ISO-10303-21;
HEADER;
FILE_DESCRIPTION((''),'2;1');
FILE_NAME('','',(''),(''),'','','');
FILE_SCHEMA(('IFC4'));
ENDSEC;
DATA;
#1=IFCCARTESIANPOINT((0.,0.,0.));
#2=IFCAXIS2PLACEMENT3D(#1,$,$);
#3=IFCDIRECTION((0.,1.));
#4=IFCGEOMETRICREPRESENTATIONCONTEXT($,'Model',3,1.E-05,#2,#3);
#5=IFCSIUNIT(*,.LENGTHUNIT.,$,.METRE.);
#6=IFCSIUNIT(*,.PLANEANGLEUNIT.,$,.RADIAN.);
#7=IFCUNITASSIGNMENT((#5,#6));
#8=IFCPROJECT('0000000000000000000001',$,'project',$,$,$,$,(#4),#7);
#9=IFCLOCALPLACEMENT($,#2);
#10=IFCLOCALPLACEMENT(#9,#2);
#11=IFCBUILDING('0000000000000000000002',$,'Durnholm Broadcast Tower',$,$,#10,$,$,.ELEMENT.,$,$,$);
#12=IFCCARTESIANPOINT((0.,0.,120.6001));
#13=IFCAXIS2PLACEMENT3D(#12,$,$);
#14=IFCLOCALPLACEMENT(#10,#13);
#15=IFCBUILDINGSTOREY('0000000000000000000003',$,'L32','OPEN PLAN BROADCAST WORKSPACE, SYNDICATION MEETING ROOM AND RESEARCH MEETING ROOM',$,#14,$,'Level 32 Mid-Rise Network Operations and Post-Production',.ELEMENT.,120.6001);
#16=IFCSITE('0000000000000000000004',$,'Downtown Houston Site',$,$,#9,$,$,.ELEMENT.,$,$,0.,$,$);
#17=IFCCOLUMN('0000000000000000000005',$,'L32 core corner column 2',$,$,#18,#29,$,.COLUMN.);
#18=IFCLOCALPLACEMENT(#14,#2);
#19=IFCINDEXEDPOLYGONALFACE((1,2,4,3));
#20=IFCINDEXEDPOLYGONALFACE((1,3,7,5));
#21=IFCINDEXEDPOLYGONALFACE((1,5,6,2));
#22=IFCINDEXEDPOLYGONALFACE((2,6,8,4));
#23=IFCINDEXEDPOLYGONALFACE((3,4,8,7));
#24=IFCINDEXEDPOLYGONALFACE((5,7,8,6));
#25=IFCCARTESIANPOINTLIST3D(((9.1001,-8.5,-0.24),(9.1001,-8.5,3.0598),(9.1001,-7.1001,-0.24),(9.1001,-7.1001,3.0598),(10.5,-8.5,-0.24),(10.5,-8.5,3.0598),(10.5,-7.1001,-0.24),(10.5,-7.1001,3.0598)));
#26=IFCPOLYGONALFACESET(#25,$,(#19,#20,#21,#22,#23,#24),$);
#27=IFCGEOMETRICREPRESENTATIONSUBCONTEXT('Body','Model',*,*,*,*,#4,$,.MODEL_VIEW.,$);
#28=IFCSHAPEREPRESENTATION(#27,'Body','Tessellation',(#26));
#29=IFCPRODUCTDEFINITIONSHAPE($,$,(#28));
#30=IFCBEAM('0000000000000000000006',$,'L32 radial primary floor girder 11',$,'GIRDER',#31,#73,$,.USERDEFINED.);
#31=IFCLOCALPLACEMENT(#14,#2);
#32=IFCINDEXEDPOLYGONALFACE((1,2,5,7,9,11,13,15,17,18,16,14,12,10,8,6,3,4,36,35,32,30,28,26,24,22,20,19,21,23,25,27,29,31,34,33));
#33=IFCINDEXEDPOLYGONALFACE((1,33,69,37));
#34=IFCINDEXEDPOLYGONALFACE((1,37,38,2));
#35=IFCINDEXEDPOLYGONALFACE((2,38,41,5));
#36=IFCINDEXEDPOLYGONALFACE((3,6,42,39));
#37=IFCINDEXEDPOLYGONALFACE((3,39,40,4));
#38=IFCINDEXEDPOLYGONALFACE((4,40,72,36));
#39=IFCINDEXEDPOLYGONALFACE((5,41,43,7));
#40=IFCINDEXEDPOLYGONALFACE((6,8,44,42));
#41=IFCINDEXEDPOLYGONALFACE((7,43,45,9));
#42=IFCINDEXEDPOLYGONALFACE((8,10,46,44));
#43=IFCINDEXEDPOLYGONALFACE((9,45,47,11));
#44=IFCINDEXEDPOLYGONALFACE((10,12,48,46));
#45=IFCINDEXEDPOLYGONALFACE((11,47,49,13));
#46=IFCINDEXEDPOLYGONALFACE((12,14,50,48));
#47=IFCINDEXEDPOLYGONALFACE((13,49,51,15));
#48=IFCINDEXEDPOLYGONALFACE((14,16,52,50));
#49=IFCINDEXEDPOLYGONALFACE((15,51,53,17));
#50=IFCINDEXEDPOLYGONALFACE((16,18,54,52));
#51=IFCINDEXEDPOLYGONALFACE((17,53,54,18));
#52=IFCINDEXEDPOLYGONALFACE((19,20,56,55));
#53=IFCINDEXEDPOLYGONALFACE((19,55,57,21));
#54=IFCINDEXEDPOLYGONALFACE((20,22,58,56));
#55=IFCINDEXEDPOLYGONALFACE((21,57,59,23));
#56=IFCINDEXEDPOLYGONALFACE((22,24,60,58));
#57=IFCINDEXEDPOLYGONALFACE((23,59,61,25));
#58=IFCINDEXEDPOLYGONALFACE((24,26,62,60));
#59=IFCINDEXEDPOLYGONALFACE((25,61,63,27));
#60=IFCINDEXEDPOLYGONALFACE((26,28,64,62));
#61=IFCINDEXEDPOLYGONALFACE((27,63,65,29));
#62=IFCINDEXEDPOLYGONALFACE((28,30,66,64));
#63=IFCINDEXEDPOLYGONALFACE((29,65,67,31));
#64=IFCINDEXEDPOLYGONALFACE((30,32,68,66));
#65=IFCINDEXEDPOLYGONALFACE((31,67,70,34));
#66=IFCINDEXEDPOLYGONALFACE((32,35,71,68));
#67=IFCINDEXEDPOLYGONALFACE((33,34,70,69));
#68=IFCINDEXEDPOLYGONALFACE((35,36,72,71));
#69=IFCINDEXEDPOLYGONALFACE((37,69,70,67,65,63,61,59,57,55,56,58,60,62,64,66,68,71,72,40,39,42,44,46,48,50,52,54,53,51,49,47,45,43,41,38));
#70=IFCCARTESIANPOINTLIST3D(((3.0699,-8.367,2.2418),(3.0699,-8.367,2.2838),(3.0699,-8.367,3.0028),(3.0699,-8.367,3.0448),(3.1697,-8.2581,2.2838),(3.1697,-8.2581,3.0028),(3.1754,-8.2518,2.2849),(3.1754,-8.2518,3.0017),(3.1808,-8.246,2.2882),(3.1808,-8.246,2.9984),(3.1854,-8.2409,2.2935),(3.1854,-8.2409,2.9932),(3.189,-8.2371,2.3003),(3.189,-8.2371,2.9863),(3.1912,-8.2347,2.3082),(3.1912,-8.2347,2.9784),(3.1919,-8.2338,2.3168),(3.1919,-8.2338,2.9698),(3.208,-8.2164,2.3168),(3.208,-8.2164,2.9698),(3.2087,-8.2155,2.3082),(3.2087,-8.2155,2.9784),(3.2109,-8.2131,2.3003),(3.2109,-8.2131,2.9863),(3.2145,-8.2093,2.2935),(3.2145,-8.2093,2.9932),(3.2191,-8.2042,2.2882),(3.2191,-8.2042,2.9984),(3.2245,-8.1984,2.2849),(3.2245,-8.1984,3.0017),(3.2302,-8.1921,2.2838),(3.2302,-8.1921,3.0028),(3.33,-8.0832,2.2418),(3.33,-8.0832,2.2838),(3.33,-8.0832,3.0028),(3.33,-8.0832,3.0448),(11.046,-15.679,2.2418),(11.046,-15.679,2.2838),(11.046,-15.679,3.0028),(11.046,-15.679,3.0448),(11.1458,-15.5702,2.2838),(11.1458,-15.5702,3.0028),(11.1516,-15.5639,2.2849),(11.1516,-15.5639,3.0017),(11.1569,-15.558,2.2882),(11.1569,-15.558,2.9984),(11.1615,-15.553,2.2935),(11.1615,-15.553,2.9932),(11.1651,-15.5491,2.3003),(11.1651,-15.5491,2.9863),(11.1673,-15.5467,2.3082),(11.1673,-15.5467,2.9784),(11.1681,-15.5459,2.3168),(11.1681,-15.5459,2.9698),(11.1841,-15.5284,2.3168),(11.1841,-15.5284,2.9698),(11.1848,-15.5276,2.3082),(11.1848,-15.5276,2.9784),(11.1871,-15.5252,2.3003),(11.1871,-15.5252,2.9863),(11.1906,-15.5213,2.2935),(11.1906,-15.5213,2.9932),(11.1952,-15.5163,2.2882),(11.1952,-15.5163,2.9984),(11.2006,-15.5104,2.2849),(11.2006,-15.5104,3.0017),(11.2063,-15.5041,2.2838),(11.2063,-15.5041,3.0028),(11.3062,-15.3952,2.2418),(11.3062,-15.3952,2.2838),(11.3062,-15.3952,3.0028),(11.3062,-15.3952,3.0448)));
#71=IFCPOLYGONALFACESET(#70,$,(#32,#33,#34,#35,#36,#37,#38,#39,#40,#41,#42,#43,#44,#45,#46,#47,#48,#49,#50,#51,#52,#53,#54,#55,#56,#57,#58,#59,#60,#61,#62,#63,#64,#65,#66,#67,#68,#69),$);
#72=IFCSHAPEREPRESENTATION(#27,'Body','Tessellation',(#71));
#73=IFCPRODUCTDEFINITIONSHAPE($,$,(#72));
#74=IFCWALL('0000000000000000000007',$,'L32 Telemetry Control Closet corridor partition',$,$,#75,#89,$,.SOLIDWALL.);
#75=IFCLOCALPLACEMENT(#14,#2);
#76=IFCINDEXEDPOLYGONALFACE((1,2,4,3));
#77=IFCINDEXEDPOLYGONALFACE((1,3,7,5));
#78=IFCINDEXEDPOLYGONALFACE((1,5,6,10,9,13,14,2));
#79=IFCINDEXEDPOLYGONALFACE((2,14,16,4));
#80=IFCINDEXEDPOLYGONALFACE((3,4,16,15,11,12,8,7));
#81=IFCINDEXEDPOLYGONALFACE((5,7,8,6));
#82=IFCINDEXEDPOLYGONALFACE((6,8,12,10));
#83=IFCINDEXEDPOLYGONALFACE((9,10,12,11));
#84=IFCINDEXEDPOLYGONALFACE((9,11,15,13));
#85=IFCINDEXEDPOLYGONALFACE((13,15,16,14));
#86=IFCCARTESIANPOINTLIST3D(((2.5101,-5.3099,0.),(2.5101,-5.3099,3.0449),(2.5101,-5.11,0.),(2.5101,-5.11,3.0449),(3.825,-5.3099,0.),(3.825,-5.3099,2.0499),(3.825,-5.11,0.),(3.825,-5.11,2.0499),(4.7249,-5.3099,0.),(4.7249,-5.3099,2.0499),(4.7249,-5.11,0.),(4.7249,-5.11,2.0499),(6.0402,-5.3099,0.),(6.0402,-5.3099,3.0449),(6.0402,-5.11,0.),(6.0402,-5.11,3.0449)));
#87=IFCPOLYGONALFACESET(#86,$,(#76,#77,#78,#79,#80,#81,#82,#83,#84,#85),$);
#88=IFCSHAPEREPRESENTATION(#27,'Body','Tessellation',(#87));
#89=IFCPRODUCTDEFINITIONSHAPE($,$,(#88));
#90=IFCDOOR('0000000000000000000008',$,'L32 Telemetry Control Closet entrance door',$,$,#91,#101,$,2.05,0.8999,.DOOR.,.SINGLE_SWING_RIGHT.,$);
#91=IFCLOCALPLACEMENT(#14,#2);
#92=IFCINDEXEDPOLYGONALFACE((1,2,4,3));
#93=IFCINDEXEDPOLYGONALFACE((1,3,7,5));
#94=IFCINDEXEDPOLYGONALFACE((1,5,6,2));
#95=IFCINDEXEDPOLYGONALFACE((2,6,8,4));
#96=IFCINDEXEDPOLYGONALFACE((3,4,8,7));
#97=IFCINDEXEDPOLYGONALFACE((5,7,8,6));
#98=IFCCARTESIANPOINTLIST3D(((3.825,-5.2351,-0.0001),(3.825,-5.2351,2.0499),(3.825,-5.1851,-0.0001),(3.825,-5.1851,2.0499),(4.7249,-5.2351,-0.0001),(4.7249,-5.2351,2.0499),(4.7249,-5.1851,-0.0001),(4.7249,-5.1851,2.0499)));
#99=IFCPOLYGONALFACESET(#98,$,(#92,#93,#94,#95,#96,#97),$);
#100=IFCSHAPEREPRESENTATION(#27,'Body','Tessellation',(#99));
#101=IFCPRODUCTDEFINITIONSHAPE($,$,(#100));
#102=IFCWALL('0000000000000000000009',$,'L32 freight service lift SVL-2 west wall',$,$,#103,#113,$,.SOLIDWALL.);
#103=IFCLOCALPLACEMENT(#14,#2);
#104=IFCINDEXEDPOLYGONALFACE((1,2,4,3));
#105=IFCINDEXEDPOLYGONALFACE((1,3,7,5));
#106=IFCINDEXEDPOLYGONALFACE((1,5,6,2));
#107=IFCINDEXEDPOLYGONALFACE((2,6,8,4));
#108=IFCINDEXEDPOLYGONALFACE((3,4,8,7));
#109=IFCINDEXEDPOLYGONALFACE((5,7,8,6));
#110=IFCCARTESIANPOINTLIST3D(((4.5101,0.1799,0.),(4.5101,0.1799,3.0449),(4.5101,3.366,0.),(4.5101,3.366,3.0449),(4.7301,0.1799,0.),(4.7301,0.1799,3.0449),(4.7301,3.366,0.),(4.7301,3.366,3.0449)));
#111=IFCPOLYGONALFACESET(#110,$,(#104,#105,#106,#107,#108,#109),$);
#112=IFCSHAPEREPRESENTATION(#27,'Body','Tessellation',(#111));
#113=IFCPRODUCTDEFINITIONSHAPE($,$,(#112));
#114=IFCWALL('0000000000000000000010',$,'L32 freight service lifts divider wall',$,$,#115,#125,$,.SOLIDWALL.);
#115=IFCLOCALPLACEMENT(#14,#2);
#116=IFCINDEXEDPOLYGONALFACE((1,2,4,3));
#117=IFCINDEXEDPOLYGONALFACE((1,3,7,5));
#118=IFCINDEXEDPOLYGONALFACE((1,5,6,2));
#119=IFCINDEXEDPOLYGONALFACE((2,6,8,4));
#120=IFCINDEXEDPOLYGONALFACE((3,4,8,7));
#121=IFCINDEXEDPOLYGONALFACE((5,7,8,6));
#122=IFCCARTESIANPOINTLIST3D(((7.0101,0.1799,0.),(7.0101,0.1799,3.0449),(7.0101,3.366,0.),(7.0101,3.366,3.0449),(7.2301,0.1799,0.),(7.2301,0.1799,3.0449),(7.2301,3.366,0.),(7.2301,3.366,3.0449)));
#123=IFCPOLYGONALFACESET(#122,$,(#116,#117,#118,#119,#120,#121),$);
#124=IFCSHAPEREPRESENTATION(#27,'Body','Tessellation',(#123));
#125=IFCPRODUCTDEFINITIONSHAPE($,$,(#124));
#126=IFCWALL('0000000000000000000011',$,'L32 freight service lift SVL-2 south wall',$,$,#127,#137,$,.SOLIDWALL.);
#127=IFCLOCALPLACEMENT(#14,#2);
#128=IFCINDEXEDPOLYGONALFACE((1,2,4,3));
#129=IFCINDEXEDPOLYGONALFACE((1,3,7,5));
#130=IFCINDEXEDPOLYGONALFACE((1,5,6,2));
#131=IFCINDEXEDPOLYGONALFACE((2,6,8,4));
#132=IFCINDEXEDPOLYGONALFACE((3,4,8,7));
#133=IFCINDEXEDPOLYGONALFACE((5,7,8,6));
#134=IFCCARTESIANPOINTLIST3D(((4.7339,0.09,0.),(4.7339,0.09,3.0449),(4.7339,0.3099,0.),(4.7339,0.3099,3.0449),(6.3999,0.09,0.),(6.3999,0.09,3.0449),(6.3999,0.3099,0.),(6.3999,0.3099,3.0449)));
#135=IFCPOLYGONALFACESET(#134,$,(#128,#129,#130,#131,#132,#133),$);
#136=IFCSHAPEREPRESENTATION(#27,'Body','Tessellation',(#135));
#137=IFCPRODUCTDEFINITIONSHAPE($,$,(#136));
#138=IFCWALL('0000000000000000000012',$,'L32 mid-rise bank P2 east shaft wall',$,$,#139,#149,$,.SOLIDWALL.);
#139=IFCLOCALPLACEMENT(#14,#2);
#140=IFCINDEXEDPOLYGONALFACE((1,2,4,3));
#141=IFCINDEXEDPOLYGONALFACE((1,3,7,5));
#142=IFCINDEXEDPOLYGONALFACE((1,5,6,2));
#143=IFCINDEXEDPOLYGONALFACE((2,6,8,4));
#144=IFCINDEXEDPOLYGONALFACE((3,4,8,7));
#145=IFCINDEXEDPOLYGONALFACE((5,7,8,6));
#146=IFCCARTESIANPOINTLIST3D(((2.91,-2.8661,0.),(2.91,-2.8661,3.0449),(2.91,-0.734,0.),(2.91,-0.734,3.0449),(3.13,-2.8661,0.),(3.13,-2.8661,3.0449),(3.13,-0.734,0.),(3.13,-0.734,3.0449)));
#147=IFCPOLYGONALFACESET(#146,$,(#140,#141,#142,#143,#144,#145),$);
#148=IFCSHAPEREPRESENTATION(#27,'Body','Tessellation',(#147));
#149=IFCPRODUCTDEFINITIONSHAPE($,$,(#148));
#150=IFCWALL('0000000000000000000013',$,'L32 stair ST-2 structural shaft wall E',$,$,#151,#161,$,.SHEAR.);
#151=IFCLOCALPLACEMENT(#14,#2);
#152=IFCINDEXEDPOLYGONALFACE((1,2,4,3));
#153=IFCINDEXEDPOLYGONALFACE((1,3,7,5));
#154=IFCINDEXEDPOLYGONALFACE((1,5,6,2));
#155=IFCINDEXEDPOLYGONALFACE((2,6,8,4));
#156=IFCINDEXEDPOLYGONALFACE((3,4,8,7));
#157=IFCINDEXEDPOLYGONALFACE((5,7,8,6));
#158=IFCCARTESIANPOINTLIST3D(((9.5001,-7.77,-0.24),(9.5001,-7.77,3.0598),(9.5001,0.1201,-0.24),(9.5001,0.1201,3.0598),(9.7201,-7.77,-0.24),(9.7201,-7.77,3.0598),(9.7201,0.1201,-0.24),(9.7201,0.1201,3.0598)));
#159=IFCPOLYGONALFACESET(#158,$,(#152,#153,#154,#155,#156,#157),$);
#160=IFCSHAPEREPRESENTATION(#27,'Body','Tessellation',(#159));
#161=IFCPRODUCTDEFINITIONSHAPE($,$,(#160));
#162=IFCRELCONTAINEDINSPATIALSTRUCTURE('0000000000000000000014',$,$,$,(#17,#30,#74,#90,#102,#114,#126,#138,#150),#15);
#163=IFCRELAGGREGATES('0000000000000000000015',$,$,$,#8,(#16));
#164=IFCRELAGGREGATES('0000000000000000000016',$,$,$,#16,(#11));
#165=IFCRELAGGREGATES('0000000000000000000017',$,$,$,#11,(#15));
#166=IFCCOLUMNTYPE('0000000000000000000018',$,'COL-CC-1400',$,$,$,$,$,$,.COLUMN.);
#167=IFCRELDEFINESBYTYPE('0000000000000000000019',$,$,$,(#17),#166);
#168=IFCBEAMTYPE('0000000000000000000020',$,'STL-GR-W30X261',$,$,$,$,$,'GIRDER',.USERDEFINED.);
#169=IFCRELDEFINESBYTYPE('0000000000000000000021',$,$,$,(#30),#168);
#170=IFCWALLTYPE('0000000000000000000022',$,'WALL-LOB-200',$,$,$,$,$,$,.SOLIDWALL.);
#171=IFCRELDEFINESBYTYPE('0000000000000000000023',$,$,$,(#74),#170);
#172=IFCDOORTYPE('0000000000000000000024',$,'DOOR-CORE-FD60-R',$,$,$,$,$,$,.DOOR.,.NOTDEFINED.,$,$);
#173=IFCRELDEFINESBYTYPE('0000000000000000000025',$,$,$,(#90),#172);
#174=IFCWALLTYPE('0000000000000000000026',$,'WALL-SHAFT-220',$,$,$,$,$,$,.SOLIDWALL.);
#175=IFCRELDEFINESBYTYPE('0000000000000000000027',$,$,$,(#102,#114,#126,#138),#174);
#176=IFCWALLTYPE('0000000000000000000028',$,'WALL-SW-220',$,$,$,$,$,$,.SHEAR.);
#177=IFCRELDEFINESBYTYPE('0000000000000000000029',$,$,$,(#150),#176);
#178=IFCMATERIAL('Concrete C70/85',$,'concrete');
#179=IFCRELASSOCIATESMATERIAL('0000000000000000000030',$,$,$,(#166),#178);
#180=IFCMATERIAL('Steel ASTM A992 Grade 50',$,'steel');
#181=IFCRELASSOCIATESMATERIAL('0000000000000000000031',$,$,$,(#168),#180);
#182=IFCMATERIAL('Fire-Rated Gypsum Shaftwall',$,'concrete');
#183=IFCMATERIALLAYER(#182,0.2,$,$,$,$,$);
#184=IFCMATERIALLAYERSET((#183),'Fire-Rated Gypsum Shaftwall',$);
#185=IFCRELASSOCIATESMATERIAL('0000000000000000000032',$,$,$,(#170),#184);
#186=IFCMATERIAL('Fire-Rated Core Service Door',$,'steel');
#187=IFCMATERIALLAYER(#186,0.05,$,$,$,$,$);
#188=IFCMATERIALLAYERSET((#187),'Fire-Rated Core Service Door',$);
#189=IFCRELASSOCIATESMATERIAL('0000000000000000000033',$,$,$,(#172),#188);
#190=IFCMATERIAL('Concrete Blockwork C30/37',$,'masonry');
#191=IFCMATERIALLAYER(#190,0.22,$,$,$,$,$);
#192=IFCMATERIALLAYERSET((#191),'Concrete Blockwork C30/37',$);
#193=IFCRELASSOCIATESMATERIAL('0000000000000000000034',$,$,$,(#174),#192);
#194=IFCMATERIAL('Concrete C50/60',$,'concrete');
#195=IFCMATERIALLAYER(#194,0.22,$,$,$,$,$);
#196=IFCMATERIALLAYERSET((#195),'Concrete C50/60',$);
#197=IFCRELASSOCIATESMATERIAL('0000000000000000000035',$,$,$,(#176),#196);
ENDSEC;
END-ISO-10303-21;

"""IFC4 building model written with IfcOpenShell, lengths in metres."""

from ifc_helpers import new_model, si_unit, direction, frame, frame_2d, origin, origin_2d, place, context, subcontext, project, spatial, rectangle, i_section, extrude, source, transform, mapped, material, layer, layer_set, material_profile, profile_set, type_object, type_shapes, element, fill, save


model = new_model("IFC4")

# Units and contexts
model_context = context("Model", 3, precision=1e-05, world=origin(), true_north=direction((0.0, 1.0)))
body_context = subcontext(model_context, "Body", "Model", "MODEL_VIEW")
ifc_project = project(units=[si_unit("LENGTHUNIT", "METRE"), si_unit("PLANEANGLEUNIT", "RADIAN")], contexts=[model_context])

# Site, building, storey
site_placement = place(None, origin())
site = spatial("IfcSite", under=ifc_project, at=site_placement, Name="Downtown Houston Site", CompositionType="ELEMENT", RefElevation=0.0)
building_placement = place(site_placement, origin())
building = spatial("IfcBuilding", under=site, at=building_placement, Name="Durnholm Broadcast Tower", CompositionType="ELEMENT")
storey_placement = place(building_placement, frame((0.0, 0.0, 120.6001)))
storey = spatial("IfcBuildingStorey", under=building, at=storey_placement, Name="L32", Description="OPEN PLAN BROADCAST WORKSPACE, SYNDICATION MEETING ROOM AND RESEARCH MEETING ROOM", LongName="Level 32 Mid-Rise Network Operations and Post-Production", CompositionType="ELEMENT", Elevation=120.6001)

# Column
ifc_material_1 = material(Name="Concrete C70/85", Category="concrete")
ifc_material_profile_1 = material_profile(ifc_material_1, rectangle(XDim=1.3999, YDim=1.3999, at=origin_2d()), Name="RC1400X1400")
ifc_profile_set_1 = profile_set([ifc_material_profile_1], Name="Concrete C70/85")
column_type = type_object("IfcColumnType", Name="COL-CC-1400", PredefinedType="COLUMN", material=ifc_profile_set_1)
shared_shape_1 = source(origin(), body_context, "Body", "SweptSolid", [
    extrude(rectangle(XDim=1.3999, YDim=1.3999, at=origin_2d()), origin(), (0.0, 0.0, 1.0), 3.2998),
])
type_shapes(column_type, [shared_shape_1])
column_placement = place(storey_placement, frame((9.8, -7.8, -0.24), z_axis=(0.0, 0.0, 1.0), x_axis=(1.0, 0.0, 0.0)))
element("IfcColumn", 1, at=column_placement, inside=storey, type_object=column_type, Name="L32 core corner column 2", PredefinedType="COLUMN", context=body_context, shape_type="MappedRepresentation", body=[
    mapped(shared_shape_1, transform((0.0, 0.0, 0.0), x_axis=(1.0, 0.0, 0.0), y_axis=(0.0, 1.0, 0.0), z_axis=(0.0, 0.0, 1.0), scale=1.0)),
])

# Beam
ifc_material_2 = material(Name="Steel ASTM A992 Grade 50", Category="steel")
ifc_material_profile_2 = material_profile(ifc_material_2, i_section(OverallWidth=0.385, OverallDepth=0.803, WebThickness=0.0237, FlangeThickness=0.042, FilletRadius=0.033, at=origin_2d()), Name="W30X261")
ifc_profile_set_2 = profile_set([ifc_material_profile_2], Name="Steel ASTM A992 Grade 50")
beam_type = type_object("IfcBeamType", Name="STL-GR-W30X261", ElementType="GIRDER", PredefinedType="USERDEFINED", material=ifc_profile_set_2)
shared_shape_2 = source(origin(), body_context, "Body", "SweptSolid", [
    extrude(i_section(OverallWidth=0.385, OverallDepth=0.803, WebThickness=0.0237, FlangeThickness=0.042, FilletRadius=0.033, at=origin_2d()), origin(), (0.0, 0.0, 1.0), 10.8206),
])
type_shapes(beam_type, [shared_shape_2])
beam_placement = place(storey_placement, frame((3.2, -8.2251, 2.6433), z_axis=(0.737126, -0.675755, 0.0), x_axis=(0.675755, 0.737126, 0.0)))
element("IfcBeam", 2, at=beam_placement, inside=storey, type_object=beam_type, Name="L32 radial primary floor girder 11", ObjectType="GIRDER", PredefinedType="USERDEFINED", context=body_context, shape_type="MappedRepresentation", body=[
    mapped(shared_shape_2, transform((0.0, 0.0, 0.0), x_axis=(1.0, 0.0, 0.0), y_axis=(0.0, 1.0, 0.0), z_axis=(0.0, 0.0, 1.0), scale=1.0)),
])

# Wall, opening, door
ifc_material_3 = material(Name="Fire-Rated Gypsum Shaftwall", Category="concrete")
ifc_layer_1 = layer(ifc_material_3, 0.2)
ifc_layer_set_1 = layer_set([ifc_layer_1], Name="Fire-Rated Gypsum Shaftwall")
wall_type_1 = type_object("IfcWallType", Name="WALL-LOB-200", PredefinedType="SOLIDWALL", material=ifc_layer_set_1)
wall_1_placement = place(storey_placement, frame((2.51, -5.21, 0.0), z_axis=(0.0, 0.0, 1.0), x_axis=(1.0, 0.0, 0.0)))
wall_1 = element("IfcWall", 3, at=wall_1_placement, inside=storey, type_object=wall_type_1, Name="L32 Telemetry Control Closet corridor partition", PredefinedType="SOLIDWALL", context=body_context, shape_type="SweptSolid", body=[
    extrude(rectangle(XDim=3.53, YDim=0.2, at=frame_2d((1.7651, 0.0))), origin(), (0.0, 0.0, 1.0), 3.0449),
])
opening_1_placement = place(wall_1_placement, frame((1.3149, 0.0, 0.0)))
opening_1 = element("IfcOpeningElement", 4, at=opening_1_placement, cuts=wall_1, PredefinedType="OPENING", context=body_context, shape_type="SweptSolid", body=[
    extrude(rectangle(XDim=0.8999, YDim=2.05, at=frame_2d((0.45, 1.0249))), frame((0.0, 0.1099, 0.0), z_axis=(0.0, -1.0, 0.0), x_axis=(1.0, 0.0, 0.0)), (0.0, 0.0, 1.0), 0.22),
])
ifc_material_4 = material(Name="Fire-Rated Core Service Door", Category="steel")
ifc_layer_2 = layer(ifc_material_4, 0.05)
ifc_layer_set_2 = layer_set([ifc_layer_2], Name="Fire-Rated Core Service Door")
door_type_1 = type_object("IfcDoorType", Name="DOOR-CORE-FD60-R", OperationType="NOTDEFINED", PredefinedType="DOOR", material=ifc_layer_set_2)
shared_shape_3 = source(origin(), body_context, "Body", "SweptSolid", [
    extrude(rectangle(XDim=0.8999, YDim=2.05, at=frame_2d((0.45, 1.0249))), frame((0.0, 0.0249, 0.0), z_axis=(0.0, -1.0, 0.0), x_axis=(1.0, 0.0, 0.0)), (0.0, 0.0, 1.0), 0.05),
])
type_shapes(door_type_1, [shared_shape_3])
door_1_placement = place(opening_1_placement, origin())
door_1 = element("IfcDoor", 5, at=door_1_placement, inside=storey, type_object=door_type_1, Name="L32 Telemetry Control Closet entrance door", OperationType="SINGLE_SWING_RIGHT", OverallHeight=2.05, OverallWidth=0.8999, PredefinedType="DOOR", context=body_context, shape_type="MappedRepresentation", body=[
    mapped(shared_shape_3, transform((0.0, 0.0, 0.0), x_axis=(1.0, 0.0, 0.0), y_axis=(0.0, 1.0, 0.0), z_axis=(0.0, 0.0, 1.0), scale=1.0)),
])
fill(opening_1, door_1)

# Walls
ifc_material_5 = material(Name="Concrete Blockwork C30/37", Category="masonry")
ifc_layer_3 = layer(ifc_material_5, 0.22)
ifc_layer_set_3 = layer_set([ifc_layer_3], Name="Concrete Blockwork C30/37")
wall_type_2 = type_object("IfcWallType", Name="WALL-SHAFT-220", PredefinedType="SOLIDWALL", material=ifc_layer_set_3)
for number, where, z_axis, x_axis, name in (
    (6, (4.6201, 0.1799, 0.0), (0.0, 0.0, 1.0), (0.0, 1.0, 0.0), "L32 freight service lift SVL-2 west wall"),
    (7, (7.1201, 0.1799, 0.0), (0.0, 0.0, 1.0), (0.0, 1.0, 0.0), "L32 freight service lifts divider wall"),
):
    element("IfcWall", number, at=place(storey_placement, frame(where, z_axis=z_axis, x_axis=x_axis)), inside=storey, type_object=wall_type_2, Name=name, PredefinedType="SOLIDWALL", context=body_context, shape_type="SweptSolid", body=[
        extrude(rectangle(XDim=3.186, YDim=0.22, at=frame_2d((1.593, 0.0))), origin(), (0.0, 0.0, 1.0), 3.0449),
    ])
wall_2_placement = place(storey_placement, frame((4.7339, 0.2, 0.0), z_axis=(0.0, 0.0, 1.0), x_axis=(1.0, 0.0, 0.0)))
element("IfcWall", 8, at=wall_2_placement, inside=storey, type_object=wall_type_2, Name="L32 freight service lift SVL-2 south wall", PredefinedType="SOLIDWALL", context=body_context, shape_type="SweptSolid", body=[
    extrude(rectangle(XDim=1.666, YDim=0.22, at=frame_2d((0.833, 0.0))), origin(), (0.0, 0.0, 1.0), 3.0449),
])
wall_3_placement = place(storey_placement, frame((3.02, -2.866, 0.0), z_axis=(0.0, 0.0, 1.0), x_axis=(0.0, 1.0, 0.0)))
element("IfcWall", 9, at=wall_3_placement, inside=storey, type_object=wall_type_2, Name="L32 mid-rise bank P2 east shaft wall", PredefinedType="SOLIDWALL", context=body_context, shape_type="SweptSolid", body=[
    extrude(rectangle(XDim=2.1321, YDim=0.22, at=frame_2d((1.0659, 0.0))), origin(), (0.0, 0.0, 1.0), 3.0449),
])
ifc_material_6 = material(Name="Concrete C50/60", Category="concrete")
ifc_layer_4 = layer(ifc_material_6, 0.22)
ifc_layer_set_4 = layer_set([ifc_layer_4], Name="Concrete C50/60")
wall_type_3 = type_object("IfcWallType", Name="WALL-SW-220", PredefinedType="SHEAR", material=ifc_layer_set_4)
wall_4_placement = place(storey_placement, frame((9.6101, -7.77, -0.24), z_axis=(0.0, 0.0, 1.0), x_axis=(0.0, 1.0, 0.0)))
element("IfcWall", 10, at=wall_4_placement, inside=storey, type_object=wall_type_3, Name="L32 stair ST-2 structural shaft wall E", PredefinedType="SHEAR", context=body_context, shape_type="SweptSolid", body=[
    extrude(rectangle(XDim=7.8901, YDim=0.22, at=frame_2d((3.9451, 0.0))), origin(), (0.0, 0.0, 1.0), 3.2998),
])

save(model, "model.ifc")
